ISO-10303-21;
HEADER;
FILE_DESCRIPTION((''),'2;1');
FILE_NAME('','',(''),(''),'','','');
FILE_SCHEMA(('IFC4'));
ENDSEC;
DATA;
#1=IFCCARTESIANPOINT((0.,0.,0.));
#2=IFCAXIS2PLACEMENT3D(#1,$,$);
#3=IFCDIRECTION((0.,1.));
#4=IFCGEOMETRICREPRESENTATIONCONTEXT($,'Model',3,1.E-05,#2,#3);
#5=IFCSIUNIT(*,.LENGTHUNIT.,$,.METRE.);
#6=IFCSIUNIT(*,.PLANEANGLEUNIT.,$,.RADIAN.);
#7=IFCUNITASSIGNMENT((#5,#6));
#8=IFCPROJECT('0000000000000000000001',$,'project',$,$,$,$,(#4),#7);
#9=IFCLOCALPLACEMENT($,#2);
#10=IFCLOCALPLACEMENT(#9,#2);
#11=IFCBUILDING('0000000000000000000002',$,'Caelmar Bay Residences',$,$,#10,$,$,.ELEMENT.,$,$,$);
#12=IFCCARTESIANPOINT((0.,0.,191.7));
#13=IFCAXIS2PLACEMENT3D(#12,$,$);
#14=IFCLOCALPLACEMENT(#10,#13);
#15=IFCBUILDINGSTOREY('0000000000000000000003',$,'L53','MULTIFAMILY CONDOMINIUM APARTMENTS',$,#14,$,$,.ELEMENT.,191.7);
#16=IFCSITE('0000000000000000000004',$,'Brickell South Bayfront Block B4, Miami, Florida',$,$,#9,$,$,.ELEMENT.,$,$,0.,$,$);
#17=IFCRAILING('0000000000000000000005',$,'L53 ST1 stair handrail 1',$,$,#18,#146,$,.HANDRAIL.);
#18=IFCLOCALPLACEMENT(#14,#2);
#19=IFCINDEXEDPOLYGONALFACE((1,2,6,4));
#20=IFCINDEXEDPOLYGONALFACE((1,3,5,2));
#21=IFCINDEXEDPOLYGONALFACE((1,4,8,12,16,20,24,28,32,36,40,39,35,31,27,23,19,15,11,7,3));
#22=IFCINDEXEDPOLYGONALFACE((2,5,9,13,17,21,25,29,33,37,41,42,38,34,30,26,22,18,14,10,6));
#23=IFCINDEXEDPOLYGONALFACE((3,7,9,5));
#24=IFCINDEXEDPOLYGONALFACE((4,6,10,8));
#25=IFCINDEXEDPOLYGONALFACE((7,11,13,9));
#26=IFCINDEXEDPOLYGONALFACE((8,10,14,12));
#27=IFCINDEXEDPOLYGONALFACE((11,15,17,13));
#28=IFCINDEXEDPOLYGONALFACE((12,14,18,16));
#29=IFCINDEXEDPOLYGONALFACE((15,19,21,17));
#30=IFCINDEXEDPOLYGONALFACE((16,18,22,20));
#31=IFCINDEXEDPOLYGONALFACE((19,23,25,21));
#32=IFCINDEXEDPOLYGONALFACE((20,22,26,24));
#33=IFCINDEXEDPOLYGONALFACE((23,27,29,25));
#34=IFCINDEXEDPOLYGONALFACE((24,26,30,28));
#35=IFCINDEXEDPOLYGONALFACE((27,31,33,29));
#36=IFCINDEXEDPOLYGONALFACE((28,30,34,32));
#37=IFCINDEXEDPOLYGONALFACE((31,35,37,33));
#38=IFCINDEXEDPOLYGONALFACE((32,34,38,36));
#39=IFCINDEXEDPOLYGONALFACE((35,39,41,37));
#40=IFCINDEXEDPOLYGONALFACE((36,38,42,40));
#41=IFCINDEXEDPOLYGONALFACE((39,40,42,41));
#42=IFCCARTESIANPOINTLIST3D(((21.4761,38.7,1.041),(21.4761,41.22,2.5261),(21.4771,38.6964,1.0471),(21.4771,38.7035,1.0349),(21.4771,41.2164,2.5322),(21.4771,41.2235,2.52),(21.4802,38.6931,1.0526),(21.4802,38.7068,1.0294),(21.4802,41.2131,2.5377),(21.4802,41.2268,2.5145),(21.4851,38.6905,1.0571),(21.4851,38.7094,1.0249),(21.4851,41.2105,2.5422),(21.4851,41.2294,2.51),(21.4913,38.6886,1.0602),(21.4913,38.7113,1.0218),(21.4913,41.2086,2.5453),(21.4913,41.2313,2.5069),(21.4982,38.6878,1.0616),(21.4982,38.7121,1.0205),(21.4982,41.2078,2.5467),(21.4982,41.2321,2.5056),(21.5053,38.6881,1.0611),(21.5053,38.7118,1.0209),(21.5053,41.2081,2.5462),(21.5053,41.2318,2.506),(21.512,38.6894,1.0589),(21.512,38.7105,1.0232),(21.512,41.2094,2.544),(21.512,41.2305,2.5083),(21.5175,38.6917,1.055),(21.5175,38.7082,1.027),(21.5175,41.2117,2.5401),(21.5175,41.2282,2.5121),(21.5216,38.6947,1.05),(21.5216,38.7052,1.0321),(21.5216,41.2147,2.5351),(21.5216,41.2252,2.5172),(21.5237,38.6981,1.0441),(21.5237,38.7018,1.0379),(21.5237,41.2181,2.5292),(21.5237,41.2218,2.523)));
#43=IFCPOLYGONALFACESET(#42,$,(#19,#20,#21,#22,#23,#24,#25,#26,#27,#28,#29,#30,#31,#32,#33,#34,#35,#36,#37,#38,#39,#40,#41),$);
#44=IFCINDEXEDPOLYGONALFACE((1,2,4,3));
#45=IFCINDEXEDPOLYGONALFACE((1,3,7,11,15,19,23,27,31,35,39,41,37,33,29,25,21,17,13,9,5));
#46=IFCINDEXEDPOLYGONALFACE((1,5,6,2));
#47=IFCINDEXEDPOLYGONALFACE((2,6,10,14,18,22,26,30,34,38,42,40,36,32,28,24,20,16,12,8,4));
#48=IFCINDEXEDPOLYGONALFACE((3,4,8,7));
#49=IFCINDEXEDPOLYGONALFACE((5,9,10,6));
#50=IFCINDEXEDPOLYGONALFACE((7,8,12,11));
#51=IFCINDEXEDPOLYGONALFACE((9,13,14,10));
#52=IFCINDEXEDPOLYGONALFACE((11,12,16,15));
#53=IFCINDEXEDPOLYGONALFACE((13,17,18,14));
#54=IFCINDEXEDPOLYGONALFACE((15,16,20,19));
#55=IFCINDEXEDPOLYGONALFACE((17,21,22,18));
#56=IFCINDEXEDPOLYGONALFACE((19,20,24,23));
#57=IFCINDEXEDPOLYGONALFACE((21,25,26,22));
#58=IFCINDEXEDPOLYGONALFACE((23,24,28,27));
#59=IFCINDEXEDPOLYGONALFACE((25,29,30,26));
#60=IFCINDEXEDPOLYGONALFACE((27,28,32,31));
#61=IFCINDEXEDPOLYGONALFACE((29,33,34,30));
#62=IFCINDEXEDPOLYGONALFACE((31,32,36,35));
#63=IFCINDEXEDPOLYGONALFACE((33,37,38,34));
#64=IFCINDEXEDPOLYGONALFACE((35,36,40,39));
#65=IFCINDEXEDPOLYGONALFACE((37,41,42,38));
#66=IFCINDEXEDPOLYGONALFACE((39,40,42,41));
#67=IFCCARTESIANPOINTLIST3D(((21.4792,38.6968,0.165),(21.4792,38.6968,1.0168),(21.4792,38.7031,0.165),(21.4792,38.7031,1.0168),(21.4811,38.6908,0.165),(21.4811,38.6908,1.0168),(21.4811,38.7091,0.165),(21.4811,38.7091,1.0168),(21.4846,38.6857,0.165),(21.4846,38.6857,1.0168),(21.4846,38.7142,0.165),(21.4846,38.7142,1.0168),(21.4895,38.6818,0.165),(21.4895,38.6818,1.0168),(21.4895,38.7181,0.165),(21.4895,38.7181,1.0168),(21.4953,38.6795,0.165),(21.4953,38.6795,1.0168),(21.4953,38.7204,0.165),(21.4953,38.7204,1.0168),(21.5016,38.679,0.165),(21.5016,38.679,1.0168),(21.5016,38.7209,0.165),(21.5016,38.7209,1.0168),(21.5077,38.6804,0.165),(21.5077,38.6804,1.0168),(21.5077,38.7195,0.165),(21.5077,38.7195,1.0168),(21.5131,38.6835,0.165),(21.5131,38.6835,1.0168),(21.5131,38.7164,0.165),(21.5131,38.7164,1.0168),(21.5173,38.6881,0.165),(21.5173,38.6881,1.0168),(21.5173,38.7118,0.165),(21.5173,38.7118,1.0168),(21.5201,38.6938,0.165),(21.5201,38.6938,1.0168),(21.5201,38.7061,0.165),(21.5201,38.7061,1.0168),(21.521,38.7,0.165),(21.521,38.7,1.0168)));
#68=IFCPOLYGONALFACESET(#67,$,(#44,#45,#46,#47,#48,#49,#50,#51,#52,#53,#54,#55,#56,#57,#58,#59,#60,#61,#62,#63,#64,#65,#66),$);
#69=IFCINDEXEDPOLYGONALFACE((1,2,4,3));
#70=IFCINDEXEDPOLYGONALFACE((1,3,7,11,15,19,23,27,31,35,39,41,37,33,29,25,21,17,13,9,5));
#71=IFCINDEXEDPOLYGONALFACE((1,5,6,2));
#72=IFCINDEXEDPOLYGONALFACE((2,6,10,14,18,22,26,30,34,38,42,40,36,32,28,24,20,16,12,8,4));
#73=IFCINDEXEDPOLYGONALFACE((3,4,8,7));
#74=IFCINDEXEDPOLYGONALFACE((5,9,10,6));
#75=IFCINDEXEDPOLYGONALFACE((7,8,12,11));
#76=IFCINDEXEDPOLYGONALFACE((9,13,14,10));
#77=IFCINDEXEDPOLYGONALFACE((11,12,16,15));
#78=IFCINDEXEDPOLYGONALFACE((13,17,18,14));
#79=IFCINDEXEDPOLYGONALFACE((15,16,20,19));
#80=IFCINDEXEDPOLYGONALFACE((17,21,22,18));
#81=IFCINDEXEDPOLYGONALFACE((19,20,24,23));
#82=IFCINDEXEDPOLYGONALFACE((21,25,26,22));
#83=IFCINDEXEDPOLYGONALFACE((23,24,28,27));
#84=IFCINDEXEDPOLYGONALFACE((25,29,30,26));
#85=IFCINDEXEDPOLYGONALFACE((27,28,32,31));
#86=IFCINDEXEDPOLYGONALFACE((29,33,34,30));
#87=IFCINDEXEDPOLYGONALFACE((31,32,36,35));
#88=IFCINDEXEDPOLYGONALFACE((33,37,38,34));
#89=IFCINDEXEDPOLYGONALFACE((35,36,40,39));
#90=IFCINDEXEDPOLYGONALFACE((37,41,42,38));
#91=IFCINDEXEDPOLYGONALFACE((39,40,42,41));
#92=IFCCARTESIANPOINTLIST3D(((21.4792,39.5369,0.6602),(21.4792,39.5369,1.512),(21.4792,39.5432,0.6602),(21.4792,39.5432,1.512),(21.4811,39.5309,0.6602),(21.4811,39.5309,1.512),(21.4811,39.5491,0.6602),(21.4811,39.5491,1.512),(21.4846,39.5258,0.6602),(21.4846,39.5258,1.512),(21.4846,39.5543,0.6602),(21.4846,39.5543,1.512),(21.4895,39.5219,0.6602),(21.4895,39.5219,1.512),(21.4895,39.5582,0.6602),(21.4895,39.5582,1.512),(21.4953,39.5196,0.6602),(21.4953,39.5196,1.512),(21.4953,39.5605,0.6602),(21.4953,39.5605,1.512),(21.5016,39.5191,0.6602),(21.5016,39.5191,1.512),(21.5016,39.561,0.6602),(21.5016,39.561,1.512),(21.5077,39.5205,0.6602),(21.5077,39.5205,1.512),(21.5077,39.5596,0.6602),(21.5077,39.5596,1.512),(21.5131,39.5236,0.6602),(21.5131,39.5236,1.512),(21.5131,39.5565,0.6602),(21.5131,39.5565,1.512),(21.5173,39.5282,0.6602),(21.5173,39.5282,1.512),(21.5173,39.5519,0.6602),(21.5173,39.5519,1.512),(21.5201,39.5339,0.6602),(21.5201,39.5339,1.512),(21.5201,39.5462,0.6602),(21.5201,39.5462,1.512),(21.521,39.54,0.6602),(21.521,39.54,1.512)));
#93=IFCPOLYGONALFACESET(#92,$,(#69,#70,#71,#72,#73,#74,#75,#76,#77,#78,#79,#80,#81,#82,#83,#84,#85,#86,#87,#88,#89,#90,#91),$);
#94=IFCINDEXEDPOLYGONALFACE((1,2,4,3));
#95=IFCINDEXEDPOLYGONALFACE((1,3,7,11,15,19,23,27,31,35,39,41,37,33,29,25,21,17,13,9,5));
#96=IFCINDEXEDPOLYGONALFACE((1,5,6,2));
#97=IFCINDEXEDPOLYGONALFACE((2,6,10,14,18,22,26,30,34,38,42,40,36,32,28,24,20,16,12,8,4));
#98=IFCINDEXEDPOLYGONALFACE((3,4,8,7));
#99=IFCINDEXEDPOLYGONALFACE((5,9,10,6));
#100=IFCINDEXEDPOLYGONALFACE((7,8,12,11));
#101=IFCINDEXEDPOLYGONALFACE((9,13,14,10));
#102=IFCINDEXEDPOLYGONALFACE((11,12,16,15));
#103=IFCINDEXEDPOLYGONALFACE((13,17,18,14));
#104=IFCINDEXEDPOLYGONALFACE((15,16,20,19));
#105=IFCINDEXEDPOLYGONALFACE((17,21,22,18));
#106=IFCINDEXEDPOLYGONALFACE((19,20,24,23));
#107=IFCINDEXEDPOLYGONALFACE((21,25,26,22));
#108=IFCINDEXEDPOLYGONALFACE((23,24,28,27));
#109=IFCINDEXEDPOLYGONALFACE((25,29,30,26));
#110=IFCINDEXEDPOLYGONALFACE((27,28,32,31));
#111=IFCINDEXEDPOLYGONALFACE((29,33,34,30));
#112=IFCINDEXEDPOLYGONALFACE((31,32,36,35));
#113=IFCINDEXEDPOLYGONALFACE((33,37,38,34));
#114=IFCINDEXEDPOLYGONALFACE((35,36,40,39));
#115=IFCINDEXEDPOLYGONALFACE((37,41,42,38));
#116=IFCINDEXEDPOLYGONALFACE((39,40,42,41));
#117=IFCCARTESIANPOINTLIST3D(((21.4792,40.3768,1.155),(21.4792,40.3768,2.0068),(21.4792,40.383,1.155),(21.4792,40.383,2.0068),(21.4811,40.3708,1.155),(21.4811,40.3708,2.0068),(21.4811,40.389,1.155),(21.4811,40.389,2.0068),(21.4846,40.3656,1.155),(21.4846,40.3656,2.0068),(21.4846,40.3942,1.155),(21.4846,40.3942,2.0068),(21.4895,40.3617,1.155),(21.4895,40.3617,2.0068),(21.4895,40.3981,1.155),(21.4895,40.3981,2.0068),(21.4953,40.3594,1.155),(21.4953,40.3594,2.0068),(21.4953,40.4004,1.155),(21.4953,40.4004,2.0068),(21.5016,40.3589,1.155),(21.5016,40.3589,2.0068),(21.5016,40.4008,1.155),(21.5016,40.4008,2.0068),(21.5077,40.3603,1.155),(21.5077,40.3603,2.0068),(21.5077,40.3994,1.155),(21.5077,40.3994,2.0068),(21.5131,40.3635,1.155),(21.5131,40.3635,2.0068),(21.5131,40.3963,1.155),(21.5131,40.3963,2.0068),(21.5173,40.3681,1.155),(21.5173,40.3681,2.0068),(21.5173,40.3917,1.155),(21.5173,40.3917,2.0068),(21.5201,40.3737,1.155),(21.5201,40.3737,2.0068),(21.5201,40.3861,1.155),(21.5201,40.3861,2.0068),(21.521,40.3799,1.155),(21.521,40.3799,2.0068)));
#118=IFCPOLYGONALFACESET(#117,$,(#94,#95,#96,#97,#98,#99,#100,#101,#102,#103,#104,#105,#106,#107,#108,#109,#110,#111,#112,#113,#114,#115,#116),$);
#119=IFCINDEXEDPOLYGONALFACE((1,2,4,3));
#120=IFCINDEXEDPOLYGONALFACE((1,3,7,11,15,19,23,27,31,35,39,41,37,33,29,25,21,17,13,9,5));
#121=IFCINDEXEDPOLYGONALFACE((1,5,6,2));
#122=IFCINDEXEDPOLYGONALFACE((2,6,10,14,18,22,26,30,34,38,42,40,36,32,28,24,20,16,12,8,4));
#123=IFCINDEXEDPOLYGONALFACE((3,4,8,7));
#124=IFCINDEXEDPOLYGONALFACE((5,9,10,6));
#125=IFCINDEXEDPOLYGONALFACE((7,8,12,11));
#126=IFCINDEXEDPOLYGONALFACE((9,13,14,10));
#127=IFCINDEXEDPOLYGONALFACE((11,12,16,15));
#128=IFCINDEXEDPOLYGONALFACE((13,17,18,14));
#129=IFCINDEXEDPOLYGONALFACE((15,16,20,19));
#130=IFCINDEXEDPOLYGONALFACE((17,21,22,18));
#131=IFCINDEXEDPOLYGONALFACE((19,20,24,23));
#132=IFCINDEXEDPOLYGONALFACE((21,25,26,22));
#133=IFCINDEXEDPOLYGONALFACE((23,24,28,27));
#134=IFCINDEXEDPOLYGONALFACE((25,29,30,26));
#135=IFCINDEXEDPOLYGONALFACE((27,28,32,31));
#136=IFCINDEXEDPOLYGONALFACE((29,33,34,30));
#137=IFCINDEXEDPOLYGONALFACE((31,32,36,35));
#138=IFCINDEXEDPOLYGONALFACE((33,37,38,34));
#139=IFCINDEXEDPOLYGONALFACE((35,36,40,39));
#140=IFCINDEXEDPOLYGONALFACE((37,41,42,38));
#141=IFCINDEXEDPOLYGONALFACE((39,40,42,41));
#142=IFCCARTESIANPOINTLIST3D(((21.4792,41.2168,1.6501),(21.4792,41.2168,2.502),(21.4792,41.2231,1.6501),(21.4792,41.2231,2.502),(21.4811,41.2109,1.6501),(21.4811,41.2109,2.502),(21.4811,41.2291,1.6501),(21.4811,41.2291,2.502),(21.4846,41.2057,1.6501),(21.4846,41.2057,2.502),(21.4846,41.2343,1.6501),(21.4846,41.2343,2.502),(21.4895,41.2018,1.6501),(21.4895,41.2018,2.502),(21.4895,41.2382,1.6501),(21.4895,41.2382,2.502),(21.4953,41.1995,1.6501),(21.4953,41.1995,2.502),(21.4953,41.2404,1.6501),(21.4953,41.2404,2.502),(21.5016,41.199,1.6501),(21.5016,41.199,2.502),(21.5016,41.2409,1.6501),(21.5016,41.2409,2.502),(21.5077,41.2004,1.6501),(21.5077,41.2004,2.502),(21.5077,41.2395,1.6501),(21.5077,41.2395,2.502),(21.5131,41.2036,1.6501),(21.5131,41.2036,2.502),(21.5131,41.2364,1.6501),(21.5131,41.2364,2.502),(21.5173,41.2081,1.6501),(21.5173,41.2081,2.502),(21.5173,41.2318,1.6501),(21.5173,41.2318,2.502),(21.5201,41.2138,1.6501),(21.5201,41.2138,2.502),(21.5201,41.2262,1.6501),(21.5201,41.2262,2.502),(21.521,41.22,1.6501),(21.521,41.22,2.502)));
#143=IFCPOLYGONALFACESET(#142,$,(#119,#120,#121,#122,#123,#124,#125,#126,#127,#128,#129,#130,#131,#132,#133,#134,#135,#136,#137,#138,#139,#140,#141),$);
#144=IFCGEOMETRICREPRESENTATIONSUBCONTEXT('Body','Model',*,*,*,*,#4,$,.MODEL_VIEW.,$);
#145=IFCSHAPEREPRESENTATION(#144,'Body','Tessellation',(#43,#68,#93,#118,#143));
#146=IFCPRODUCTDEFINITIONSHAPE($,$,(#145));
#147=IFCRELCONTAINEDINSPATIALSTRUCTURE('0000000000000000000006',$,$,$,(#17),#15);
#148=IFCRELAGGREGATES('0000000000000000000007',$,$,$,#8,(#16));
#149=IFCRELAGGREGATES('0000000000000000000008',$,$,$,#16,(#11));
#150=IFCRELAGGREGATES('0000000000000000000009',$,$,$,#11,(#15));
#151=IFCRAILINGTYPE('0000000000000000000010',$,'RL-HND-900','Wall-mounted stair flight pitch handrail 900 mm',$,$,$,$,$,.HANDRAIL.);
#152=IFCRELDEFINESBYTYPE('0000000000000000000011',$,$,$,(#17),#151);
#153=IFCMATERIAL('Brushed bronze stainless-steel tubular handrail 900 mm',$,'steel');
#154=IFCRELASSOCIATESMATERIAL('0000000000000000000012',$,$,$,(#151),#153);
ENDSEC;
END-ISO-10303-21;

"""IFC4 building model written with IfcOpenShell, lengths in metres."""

from ifc_helpers import new_model, si_unit, direction, frame, origin, origin_2d, place, context, subcontext, project, spatial, circle, extrude, material, type_object, element, save


model = new_model("IFC4")

# Units and contexts
model_context = context("Model", 3, precision=1e-05, world=origin(), true_north=direction((0.0, 1.0)))
body_context = subcontext(model_context, "Body", "Model", "MODEL_VIEW")
ifc_project = project(units=[si_unit("LENGTHUNIT", "METRE"), si_unit("PLANEANGLEUNIT", "RADIAN")], contexts=[model_context])

# Site, building, storey
site_placement = place(None, origin())
site = spatial("IfcSite", under=ifc_project, at=site_placement, Name="Brickell South Bayfront Block B4, Miami, Florida", CompositionType="ELEMENT", RefElevation=0.0)
building_placement = place(site_placement, origin())
building = spatial("IfcBuilding", under=site, at=building_placement, Name="Caelmar Bay Residences", CompositionType="ELEMENT")
storey_placement = place(building_placement, frame((0.0, 0.0, 191.7)))
storey = spatial("IfcBuildingStorey", under=building, at=storey_placement, Name="L53", Description="MULTIFAMILY CONDOMINIUM APARTMENTS", CompositionType="ELEMENT", Elevation=191.7)

# Railing
ifc_material_1 = material(Name="Brushed bronze stainless-steel tubular handrail 900 mm", Category="steel")
railing_type_1 = type_object("IfcRailingType", Name="RL-HND-900", Description="Wall-mounted stair flight pitch handrail 900 mm", PredefinedType="HANDRAIL", material=ifc_material_1)
railing_1_placement = place(storey_placement, frame((21.5, 38.7, 0.165)))
element("IfcRailing", 1, at=railing_1_placement, inside=storey, type_object=railing_type_1, Name="L53 ST1 stair handrail 1", PredefinedType="HANDRAIL", context=body_context, shape_type="SweptSolid", body=[
    extrude(circle(Radius=0.0239, at=origin_2d()), frame((0.0, 0.0, 0.876), z_axis=(0.0, 0.861524, 0.507717), x_axis=(-1.0, 0.0, 0.0)), (0.0, 0.0, 1.0), 2.925),
    extrude(circle(Radius=0.021, at=origin_2d()), origin(), (0.0, 0.0, 1.0), 0.8518),
    extrude(circle(Radius=0.021, at=origin_2d()), frame((0.0, 0.8401, 0.4951)), (0.0, 0.0, 1.0), 0.8518),
    extrude(circle(Radius=0.021, at=origin_2d()), frame((0.0, 1.6799, 0.99)), (0.0, 0.0, 1.0), 0.8518),
    extrude(circle(Radius=0.021, at=origin_2d()), frame((0.0, 2.52, 1.4851)), (0.0, 0.0, 1.0), 0.8518),
])

save(model, "model.ifc")
